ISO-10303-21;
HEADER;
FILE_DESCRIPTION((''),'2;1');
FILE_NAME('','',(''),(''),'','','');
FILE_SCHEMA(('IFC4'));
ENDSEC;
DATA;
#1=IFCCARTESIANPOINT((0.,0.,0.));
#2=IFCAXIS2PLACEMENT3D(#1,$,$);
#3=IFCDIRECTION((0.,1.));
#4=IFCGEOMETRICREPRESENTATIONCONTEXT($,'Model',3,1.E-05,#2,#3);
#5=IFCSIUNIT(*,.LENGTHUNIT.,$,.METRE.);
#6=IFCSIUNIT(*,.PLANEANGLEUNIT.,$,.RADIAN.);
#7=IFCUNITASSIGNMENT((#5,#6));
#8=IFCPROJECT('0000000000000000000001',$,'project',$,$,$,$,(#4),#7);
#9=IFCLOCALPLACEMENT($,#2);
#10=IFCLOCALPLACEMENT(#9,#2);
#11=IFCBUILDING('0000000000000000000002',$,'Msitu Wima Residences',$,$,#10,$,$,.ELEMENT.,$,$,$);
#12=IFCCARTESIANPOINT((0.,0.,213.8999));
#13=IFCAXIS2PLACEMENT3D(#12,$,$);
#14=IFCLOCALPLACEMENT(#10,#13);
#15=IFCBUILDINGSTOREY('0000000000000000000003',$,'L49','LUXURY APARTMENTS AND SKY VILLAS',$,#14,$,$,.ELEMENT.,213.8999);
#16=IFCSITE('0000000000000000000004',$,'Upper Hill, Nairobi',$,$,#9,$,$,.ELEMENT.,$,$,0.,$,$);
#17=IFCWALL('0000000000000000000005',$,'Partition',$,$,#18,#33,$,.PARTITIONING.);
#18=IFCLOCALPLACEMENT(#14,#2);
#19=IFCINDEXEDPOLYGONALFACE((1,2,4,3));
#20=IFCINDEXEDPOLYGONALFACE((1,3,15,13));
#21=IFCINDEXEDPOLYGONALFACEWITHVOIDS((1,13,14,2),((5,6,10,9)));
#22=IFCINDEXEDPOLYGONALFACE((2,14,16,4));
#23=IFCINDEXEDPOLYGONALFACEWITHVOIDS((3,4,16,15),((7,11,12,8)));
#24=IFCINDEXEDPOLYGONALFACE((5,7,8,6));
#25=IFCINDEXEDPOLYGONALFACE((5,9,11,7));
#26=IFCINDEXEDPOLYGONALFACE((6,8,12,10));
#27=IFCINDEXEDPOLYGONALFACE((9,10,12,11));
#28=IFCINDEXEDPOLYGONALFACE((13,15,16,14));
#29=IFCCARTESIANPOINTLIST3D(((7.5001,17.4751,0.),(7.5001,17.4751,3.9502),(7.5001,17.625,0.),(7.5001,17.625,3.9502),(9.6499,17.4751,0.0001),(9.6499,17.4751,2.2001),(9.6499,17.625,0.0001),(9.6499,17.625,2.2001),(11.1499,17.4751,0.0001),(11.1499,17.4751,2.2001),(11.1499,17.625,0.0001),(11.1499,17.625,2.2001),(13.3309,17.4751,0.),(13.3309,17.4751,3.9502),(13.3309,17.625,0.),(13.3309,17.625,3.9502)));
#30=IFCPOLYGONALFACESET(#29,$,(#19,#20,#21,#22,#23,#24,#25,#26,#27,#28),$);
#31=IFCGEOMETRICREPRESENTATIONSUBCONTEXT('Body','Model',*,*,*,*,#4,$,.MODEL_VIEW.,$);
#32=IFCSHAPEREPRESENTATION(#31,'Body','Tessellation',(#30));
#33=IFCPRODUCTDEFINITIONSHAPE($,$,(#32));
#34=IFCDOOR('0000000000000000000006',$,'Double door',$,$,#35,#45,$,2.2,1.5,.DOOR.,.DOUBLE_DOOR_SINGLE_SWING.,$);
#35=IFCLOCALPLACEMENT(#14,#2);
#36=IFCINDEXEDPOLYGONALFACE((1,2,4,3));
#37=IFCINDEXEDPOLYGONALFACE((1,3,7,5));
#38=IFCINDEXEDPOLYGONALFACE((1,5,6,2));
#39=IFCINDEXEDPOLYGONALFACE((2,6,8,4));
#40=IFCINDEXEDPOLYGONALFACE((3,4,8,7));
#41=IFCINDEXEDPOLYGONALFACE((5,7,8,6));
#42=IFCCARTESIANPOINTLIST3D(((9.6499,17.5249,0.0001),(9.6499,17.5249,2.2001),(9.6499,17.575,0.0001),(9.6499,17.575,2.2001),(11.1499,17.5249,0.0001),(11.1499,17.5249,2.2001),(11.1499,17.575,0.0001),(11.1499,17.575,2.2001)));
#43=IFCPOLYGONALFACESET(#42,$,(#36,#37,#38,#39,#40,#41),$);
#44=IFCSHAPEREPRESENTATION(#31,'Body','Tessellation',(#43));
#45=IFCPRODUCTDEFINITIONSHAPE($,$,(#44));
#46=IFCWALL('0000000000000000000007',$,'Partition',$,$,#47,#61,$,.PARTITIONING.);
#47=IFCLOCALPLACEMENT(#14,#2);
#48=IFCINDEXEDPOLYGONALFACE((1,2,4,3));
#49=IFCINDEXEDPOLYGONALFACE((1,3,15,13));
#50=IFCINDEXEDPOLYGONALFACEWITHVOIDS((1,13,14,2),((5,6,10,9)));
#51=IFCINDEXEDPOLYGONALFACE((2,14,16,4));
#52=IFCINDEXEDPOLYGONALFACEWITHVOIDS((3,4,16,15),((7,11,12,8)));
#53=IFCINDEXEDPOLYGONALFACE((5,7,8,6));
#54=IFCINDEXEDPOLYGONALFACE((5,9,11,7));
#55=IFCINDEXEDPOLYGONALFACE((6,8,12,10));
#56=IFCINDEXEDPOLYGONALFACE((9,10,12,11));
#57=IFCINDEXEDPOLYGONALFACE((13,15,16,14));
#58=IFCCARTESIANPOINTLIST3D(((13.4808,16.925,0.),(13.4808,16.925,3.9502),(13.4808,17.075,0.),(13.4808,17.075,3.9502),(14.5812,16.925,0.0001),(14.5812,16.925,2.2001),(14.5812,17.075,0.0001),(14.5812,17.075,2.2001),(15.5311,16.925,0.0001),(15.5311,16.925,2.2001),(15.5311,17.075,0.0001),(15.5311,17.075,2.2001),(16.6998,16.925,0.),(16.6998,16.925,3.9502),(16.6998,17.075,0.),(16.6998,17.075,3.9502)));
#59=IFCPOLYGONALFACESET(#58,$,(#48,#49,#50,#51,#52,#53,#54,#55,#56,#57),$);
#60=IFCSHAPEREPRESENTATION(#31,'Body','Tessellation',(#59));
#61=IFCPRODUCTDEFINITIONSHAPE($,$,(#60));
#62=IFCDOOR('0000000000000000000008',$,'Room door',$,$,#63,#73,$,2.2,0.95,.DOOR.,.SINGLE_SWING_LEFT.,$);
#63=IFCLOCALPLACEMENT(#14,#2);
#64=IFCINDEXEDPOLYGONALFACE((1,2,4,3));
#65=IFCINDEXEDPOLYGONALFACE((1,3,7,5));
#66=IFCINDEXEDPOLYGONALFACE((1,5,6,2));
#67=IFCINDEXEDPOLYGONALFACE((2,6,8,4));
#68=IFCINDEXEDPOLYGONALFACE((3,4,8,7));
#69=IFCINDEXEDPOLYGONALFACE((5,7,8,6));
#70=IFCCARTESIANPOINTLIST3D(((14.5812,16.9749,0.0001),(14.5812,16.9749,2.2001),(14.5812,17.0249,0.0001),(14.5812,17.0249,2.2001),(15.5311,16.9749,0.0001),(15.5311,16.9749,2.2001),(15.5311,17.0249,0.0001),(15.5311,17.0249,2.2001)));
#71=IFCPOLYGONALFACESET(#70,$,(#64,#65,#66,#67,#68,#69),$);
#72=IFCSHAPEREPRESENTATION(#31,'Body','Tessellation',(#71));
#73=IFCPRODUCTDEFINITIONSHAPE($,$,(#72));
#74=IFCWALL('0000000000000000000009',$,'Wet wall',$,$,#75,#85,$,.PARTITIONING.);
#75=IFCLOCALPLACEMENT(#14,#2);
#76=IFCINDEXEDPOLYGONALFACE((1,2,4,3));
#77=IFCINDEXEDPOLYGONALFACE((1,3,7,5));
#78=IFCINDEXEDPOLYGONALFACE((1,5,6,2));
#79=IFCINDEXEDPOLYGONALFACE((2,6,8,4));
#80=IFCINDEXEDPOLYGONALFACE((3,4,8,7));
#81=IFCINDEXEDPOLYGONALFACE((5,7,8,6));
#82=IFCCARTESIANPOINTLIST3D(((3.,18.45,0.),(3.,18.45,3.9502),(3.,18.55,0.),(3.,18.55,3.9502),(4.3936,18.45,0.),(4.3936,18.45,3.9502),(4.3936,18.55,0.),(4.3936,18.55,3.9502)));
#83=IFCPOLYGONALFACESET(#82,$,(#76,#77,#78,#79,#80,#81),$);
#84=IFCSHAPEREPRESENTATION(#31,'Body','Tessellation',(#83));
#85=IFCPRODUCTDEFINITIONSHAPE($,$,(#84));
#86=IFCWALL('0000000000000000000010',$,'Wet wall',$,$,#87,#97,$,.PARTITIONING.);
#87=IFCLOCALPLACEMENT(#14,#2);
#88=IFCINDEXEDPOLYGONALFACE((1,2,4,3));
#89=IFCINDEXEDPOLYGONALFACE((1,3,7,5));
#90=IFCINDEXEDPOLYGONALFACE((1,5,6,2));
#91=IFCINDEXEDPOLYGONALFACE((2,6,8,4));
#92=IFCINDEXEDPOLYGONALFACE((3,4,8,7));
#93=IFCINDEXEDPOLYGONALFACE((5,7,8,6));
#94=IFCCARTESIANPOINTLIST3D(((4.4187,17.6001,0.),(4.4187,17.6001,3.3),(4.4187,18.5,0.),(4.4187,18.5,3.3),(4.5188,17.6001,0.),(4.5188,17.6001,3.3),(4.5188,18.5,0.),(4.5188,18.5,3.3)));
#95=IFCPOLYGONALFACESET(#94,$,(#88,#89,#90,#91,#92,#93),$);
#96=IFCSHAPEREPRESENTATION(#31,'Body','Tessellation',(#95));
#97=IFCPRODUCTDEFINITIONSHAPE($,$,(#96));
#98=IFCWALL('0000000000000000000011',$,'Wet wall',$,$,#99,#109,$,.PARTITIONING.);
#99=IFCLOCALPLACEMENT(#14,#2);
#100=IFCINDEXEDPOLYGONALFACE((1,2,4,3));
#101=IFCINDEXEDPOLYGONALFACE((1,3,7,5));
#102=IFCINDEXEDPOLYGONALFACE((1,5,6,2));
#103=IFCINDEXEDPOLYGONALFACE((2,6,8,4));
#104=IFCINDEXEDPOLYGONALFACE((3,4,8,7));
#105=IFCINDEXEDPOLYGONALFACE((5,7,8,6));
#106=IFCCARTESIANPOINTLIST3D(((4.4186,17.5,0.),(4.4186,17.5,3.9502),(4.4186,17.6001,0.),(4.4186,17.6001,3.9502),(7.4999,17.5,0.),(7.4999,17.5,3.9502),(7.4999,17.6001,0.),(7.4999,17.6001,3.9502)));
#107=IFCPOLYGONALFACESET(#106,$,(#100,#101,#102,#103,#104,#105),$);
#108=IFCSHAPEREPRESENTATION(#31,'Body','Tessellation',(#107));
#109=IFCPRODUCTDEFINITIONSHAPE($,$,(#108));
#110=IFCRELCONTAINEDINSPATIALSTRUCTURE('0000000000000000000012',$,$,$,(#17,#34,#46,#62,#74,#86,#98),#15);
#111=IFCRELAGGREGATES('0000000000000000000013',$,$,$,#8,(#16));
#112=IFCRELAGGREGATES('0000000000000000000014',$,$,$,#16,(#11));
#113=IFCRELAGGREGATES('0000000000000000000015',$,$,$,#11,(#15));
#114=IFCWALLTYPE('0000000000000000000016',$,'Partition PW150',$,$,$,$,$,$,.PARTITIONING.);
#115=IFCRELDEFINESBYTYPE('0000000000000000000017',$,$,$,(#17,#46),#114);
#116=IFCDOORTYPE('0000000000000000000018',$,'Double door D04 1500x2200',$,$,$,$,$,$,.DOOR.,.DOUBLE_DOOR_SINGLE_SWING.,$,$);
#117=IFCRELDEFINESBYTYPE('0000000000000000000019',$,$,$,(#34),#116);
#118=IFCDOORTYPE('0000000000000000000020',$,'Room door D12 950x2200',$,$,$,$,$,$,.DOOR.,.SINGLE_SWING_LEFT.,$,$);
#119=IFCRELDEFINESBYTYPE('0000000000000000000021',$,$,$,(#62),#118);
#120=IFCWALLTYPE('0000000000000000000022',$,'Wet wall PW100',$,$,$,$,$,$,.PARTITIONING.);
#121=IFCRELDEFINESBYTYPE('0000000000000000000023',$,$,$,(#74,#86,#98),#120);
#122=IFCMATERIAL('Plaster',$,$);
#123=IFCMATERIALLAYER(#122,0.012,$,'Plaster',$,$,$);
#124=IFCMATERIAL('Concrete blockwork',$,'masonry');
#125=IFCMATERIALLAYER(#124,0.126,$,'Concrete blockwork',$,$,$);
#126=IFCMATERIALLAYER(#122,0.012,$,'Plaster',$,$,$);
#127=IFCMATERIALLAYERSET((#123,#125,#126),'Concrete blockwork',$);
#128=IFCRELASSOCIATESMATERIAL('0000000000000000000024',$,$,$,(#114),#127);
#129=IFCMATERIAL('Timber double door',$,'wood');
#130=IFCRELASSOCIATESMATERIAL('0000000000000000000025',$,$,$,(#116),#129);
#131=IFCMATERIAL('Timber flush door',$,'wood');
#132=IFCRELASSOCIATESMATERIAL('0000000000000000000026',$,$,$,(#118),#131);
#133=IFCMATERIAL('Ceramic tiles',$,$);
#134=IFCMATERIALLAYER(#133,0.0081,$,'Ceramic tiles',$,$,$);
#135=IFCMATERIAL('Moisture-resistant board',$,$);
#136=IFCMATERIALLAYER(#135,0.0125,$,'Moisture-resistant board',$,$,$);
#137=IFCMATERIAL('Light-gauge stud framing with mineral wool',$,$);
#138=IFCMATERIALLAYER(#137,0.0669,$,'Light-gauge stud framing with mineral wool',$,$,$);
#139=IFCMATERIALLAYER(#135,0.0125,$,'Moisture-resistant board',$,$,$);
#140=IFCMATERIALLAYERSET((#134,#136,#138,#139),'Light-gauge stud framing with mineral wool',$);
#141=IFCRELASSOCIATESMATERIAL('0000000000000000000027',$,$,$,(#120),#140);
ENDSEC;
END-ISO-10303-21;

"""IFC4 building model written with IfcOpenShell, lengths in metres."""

from ifc_helpers import new_model, si_unit, direction, frame, frame_2d, origin, place, context, subcontext, project, spatial, rectangle, extrude, material, layer, layer_set, type_object, element, fill, save


model = new_model("IFC4")

# Units and contexts
model_context = context("Model", 3, precision=1e-05, world=origin(), true_north=direction((0.0, 1.0)))
body_context = subcontext(model_context, "Body", "Model", "MODEL_VIEW")
ifc_project = project(units=[si_unit("LENGTHUNIT", "METRE"), si_unit("PLANEANGLEUNIT", "RADIAN")], contexts=[model_context])

# Site, building, storey
site_placement = place(None, origin())
site = spatial("IfcSite", under=ifc_project, at=site_placement, Name="Upper Hill, Nairobi", CompositionType="ELEMENT", RefElevation=0.0)
building_placement = place(site_placement, origin())
building = spatial("IfcBuilding", under=site, at=building_placement, Name="Msitu Wima Residences", CompositionType="ELEMENT")
storey_placement = place(building_placement, frame((0.0, 0.0, 213.8999)))
storey = spatial("IfcBuildingStorey", under=building, at=storey_placement, Name="L49", Description="LUXURY APARTMENTS AND SKY VILLAS", CompositionType="ELEMENT", Elevation=213.8999)

# Shared definitions
ifc_material_1 = material(Name="Plaster")
ifc_layer_1 = layer(ifc_material_1, 0.012, Name="Plaster")
ifc_material_2 = material(Name="Concrete blockwork", Category="masonry")
ifc_layer_2 = layer(ifc_material_2, 0.126, Name="Concrete blockwork")
ifc_layer_3 = layer(ifc_material_1, 0.012, Name="Plaster")
ifc_layer_set_1 = layer_set([ifc_layer_1, ifc_layer_2, ifc_layer_3], Name="Concrete blockwork")
wall_type_1 = type_object("IfcWallType", Name="Partition PW150", PredefinedType="PARTITIONING", material=ifc_layer_set_1)

# Walls, openings, doors
ifc_material_3 = material(Name="Timber double door", Category="wood")
door_type_1 = type_object("IfcDoorType", Name="Double door D04 1500x2200", OperationType="DOUBLE_DOOR_SINGLE_SWING", PredefinedType="DOOR", material=ifc_material_3)
wall_1_placement = place(storey_placement, frame((7.5, 17.55, 0.0), z_axis=(0.0, 0.0, 1.0), x_axis=(1.0, 0.0, 0.0)))
wall_1 = element("IfcWall", 1, at=wall_1_placement, inside=storey, type_object=wall_type_1, Name="Partition", PredefinedType="PARTITIONING", context=body_context, shape_type="SweptSolid", body=[
    extrude(rectangle(XDim=5.8308, YDim=0.1499, at=frame_2d((2.9155, 0.0))), origin(), (0.0, 0.0, 1.0), 3.9502),
])
opening_1_placement = place(wall_1_placement, frame((2.1499, 0.0, 0.0)))
opening_1 = element("IfcOpeningElement", 2, at=opening_1_placement, cuts=wall_1, PredefinedType="OPENING", context=body_context, shape_type="SweptSolid", body=[
    extrude(rectangle(XDim=1.5, YDim=2.2, at=frame_2d((0.75, 1.1001))), frame((0.0, 0.085, 0.0), z_axis=(0.0, -1.0, 0.0), x_axis=(1.0, 0.0, 0.0)), (0.0, 0.0, 1.0), 0.1699),
])
door_1_placement = place(opening_1_placement, origin())
door_1 = element("IfcDoor", 3, at=door_1_placement, inside=storey, type_object=door_type_1, Name="Double door", OperationType="DOUBLE_DOOR_SINGLE_SWING", OverallHeight=2.2, OverallWidth=1.5, PredefinedType="DOOR", context=body_context, shape_type="SweptSolid", body=[
    extrude(rectangle(XDim=1.5, YDim=2.2, at=frame_2d((0.75, 1.1001))), frame((0.0, 0.0249, 0.0), z_axis=(0.0, -1.0, 0.0), x_axis=(1.0, 0.0, 0.0)), (0.0, 0.0, 1.0), 0.05),
])
fill(opening_1, door_1)
wall_2_placement = place(storey_placement, frame((13.481, 17.0, 0.0), z_axis=(0.0, 0.0, 1.0), x_axis=(1.0, 0.0, 0.0)))
wall_2 = element("IfcWall", 4, at=wall_2_placement, inside=storey, type_object=wall_type_1, Name="Partition", PredefinedType="PARTITIONING", context=body_context, shape_type="SweptSolid", body=[
    extrude(rectangle(XDim=3.219, YDim=0.1499, at=frame_2d((1.6094, 0.0))), origin(), (0.0, 0.0, 1.0), 3.9502),
])
opening_2_placement = place(wall_2_placement, frame((1.1001, 0.0, 0.0)))
opening_2 = element("IfcOpeningElement", 5, at=opening_2_placement, cuts=wall_2, PredefinedType="OPENING", context=body_context, shape_type="SweptSolid", body=[
    extrude(rectangle(XDim=0.95, YDim=2.2, at=frame_2d((0.4751, 1.1001))), frame((0.0, 0.085, 0.0), z_axis=(0.0, -1.0, 0.0), x_axis=(1.0, 0.0, 0.0)), (0.0, 0.0, 1.0), 0.1699),
])
ifc_material_4 = material(Name="Timber flush door", Category="wood")
door_type_2 = type_object("IfcDoorType", Name="Room door D12 950x2200", OperationType="SINGLE_SWING_LEFT", PredefinedType="DOOR", material=ifc_material_4)
door_2_placement = place(opening_2_placement, origin())
door_2 = element("IfcDoor", 6, at=door_2_placement, inside=storey, type_object=door_type_2, Name="Room door", OperationType="SINGLE_SWING_LEFT", OverallHeight=2.2, OverallWidth=0.95, PredefinedType="DOOR", context=body_context, shape_type="SweptSolid", body=[
    extrude(rectangle(XDim=0.95, YDim=2.2, at=frame_2d((0.4751, 1.1001))), frame((0.0, 0.0249, 0.0), z_axis=(0.0, -1.0, 0.0), x_axis=(1.0, 0.0, 0.0)), (0.0, 0.0, 1.0), 0.05),
])
fill(opening_2, door_2)

# Walls
ifc_material_5 = material(Name="Ceramic tiles")
ifc_layer_4 = layer(ifc_material_5, 0.0081, Name="Ceramic tiles")
ifc_material_6 = material(Name="Moisture-resistant board")
ifc_layer_5 = layer(ifc_material_6, 0.0125, Name="Moisture-resistant board")
ifc_material_7 = material(Name="Light-gauge stud framing with mineral wool")
ifc_layer_6 = layer(ifc_material_7, 0.0669, Name="Light-gauge stud framing with mineral wool")
ifc_layer_7 = layer(ifc_material_6, 0.0125, Name="Moisture-resistant board")
ifc_layer_set_2 = layer_set([ifc_layer_4, ifc_layer_5, ifc_layer_6, ifc_layer_7], Name="Light-gauge stud framing with mineral wool")
wall_type_2 = type_object("IfcWallType", Name="Wet wall PW100", PredefinedType="PARTITIONING", material=ifc_layer_set_2)
wall_3_placement = place(storey_placement, frame((3.0, 18.5, 0.0), z_axis=(0.0, 0.0, 1.0), x_axis=(1.0, 0.0, 0.0)))
element("IfcWall", 7, at=wall_3_placement, inside=storey, type_object=wall_type_2, Name="Wet wall", PredefinedType="PARTITIONING", context=body_context, shape_type="SweptSolid", body=[
    extrude(rectangle(XDim=1.3936, YDim=0.1001, at=frame_2d((0.6968, 0.0))), origin(), (0.0, 0.0, 1.0), 3.9502),
])
wall_4_placement = place(storey_placement, frame((4.4688, 17.6001, 0.0), z_axis=(0.0, 0.0, 1.0), x_axis=(0.0, 1.0, 0.0)))
element("IfcWall", 8, at=wall_4_placement, inside=storey, type_object=wall_type_2, Name="Wet wall", PredefinedType="PARTITIONING", context=body_context, shape_type="SweptSolid", body=[
    extrude(rectangle(XDim=0.8999, YDim=0.1001, at=frame_2d((0.45, 0.0))), origin(), (0.0, 0.0, 1.0), 3.3),
])
wall_5_placement = place(storey_placement, frame((4.4187, 17.55, 0.0), z_axis=(0.0, 0.0, 1.0), x_axis=(1.0, 0.0, 0.0)))
element("IfcWall", 9, at=wall_5_placement, inside=storey, type_object=wall_type_2, Name="Wet wall", PredefinedType="PARTITIONING", context=body_context, shape_type="SweptSolid", body=[
    extrude(rectangle(XDim=3.0813, YDim=0.1001, at=frame_2d((1.5405, 0.0))), origin(), (0.0, 0.0, 1.0), 3.9502),
])

save(model, "model.ifc")
